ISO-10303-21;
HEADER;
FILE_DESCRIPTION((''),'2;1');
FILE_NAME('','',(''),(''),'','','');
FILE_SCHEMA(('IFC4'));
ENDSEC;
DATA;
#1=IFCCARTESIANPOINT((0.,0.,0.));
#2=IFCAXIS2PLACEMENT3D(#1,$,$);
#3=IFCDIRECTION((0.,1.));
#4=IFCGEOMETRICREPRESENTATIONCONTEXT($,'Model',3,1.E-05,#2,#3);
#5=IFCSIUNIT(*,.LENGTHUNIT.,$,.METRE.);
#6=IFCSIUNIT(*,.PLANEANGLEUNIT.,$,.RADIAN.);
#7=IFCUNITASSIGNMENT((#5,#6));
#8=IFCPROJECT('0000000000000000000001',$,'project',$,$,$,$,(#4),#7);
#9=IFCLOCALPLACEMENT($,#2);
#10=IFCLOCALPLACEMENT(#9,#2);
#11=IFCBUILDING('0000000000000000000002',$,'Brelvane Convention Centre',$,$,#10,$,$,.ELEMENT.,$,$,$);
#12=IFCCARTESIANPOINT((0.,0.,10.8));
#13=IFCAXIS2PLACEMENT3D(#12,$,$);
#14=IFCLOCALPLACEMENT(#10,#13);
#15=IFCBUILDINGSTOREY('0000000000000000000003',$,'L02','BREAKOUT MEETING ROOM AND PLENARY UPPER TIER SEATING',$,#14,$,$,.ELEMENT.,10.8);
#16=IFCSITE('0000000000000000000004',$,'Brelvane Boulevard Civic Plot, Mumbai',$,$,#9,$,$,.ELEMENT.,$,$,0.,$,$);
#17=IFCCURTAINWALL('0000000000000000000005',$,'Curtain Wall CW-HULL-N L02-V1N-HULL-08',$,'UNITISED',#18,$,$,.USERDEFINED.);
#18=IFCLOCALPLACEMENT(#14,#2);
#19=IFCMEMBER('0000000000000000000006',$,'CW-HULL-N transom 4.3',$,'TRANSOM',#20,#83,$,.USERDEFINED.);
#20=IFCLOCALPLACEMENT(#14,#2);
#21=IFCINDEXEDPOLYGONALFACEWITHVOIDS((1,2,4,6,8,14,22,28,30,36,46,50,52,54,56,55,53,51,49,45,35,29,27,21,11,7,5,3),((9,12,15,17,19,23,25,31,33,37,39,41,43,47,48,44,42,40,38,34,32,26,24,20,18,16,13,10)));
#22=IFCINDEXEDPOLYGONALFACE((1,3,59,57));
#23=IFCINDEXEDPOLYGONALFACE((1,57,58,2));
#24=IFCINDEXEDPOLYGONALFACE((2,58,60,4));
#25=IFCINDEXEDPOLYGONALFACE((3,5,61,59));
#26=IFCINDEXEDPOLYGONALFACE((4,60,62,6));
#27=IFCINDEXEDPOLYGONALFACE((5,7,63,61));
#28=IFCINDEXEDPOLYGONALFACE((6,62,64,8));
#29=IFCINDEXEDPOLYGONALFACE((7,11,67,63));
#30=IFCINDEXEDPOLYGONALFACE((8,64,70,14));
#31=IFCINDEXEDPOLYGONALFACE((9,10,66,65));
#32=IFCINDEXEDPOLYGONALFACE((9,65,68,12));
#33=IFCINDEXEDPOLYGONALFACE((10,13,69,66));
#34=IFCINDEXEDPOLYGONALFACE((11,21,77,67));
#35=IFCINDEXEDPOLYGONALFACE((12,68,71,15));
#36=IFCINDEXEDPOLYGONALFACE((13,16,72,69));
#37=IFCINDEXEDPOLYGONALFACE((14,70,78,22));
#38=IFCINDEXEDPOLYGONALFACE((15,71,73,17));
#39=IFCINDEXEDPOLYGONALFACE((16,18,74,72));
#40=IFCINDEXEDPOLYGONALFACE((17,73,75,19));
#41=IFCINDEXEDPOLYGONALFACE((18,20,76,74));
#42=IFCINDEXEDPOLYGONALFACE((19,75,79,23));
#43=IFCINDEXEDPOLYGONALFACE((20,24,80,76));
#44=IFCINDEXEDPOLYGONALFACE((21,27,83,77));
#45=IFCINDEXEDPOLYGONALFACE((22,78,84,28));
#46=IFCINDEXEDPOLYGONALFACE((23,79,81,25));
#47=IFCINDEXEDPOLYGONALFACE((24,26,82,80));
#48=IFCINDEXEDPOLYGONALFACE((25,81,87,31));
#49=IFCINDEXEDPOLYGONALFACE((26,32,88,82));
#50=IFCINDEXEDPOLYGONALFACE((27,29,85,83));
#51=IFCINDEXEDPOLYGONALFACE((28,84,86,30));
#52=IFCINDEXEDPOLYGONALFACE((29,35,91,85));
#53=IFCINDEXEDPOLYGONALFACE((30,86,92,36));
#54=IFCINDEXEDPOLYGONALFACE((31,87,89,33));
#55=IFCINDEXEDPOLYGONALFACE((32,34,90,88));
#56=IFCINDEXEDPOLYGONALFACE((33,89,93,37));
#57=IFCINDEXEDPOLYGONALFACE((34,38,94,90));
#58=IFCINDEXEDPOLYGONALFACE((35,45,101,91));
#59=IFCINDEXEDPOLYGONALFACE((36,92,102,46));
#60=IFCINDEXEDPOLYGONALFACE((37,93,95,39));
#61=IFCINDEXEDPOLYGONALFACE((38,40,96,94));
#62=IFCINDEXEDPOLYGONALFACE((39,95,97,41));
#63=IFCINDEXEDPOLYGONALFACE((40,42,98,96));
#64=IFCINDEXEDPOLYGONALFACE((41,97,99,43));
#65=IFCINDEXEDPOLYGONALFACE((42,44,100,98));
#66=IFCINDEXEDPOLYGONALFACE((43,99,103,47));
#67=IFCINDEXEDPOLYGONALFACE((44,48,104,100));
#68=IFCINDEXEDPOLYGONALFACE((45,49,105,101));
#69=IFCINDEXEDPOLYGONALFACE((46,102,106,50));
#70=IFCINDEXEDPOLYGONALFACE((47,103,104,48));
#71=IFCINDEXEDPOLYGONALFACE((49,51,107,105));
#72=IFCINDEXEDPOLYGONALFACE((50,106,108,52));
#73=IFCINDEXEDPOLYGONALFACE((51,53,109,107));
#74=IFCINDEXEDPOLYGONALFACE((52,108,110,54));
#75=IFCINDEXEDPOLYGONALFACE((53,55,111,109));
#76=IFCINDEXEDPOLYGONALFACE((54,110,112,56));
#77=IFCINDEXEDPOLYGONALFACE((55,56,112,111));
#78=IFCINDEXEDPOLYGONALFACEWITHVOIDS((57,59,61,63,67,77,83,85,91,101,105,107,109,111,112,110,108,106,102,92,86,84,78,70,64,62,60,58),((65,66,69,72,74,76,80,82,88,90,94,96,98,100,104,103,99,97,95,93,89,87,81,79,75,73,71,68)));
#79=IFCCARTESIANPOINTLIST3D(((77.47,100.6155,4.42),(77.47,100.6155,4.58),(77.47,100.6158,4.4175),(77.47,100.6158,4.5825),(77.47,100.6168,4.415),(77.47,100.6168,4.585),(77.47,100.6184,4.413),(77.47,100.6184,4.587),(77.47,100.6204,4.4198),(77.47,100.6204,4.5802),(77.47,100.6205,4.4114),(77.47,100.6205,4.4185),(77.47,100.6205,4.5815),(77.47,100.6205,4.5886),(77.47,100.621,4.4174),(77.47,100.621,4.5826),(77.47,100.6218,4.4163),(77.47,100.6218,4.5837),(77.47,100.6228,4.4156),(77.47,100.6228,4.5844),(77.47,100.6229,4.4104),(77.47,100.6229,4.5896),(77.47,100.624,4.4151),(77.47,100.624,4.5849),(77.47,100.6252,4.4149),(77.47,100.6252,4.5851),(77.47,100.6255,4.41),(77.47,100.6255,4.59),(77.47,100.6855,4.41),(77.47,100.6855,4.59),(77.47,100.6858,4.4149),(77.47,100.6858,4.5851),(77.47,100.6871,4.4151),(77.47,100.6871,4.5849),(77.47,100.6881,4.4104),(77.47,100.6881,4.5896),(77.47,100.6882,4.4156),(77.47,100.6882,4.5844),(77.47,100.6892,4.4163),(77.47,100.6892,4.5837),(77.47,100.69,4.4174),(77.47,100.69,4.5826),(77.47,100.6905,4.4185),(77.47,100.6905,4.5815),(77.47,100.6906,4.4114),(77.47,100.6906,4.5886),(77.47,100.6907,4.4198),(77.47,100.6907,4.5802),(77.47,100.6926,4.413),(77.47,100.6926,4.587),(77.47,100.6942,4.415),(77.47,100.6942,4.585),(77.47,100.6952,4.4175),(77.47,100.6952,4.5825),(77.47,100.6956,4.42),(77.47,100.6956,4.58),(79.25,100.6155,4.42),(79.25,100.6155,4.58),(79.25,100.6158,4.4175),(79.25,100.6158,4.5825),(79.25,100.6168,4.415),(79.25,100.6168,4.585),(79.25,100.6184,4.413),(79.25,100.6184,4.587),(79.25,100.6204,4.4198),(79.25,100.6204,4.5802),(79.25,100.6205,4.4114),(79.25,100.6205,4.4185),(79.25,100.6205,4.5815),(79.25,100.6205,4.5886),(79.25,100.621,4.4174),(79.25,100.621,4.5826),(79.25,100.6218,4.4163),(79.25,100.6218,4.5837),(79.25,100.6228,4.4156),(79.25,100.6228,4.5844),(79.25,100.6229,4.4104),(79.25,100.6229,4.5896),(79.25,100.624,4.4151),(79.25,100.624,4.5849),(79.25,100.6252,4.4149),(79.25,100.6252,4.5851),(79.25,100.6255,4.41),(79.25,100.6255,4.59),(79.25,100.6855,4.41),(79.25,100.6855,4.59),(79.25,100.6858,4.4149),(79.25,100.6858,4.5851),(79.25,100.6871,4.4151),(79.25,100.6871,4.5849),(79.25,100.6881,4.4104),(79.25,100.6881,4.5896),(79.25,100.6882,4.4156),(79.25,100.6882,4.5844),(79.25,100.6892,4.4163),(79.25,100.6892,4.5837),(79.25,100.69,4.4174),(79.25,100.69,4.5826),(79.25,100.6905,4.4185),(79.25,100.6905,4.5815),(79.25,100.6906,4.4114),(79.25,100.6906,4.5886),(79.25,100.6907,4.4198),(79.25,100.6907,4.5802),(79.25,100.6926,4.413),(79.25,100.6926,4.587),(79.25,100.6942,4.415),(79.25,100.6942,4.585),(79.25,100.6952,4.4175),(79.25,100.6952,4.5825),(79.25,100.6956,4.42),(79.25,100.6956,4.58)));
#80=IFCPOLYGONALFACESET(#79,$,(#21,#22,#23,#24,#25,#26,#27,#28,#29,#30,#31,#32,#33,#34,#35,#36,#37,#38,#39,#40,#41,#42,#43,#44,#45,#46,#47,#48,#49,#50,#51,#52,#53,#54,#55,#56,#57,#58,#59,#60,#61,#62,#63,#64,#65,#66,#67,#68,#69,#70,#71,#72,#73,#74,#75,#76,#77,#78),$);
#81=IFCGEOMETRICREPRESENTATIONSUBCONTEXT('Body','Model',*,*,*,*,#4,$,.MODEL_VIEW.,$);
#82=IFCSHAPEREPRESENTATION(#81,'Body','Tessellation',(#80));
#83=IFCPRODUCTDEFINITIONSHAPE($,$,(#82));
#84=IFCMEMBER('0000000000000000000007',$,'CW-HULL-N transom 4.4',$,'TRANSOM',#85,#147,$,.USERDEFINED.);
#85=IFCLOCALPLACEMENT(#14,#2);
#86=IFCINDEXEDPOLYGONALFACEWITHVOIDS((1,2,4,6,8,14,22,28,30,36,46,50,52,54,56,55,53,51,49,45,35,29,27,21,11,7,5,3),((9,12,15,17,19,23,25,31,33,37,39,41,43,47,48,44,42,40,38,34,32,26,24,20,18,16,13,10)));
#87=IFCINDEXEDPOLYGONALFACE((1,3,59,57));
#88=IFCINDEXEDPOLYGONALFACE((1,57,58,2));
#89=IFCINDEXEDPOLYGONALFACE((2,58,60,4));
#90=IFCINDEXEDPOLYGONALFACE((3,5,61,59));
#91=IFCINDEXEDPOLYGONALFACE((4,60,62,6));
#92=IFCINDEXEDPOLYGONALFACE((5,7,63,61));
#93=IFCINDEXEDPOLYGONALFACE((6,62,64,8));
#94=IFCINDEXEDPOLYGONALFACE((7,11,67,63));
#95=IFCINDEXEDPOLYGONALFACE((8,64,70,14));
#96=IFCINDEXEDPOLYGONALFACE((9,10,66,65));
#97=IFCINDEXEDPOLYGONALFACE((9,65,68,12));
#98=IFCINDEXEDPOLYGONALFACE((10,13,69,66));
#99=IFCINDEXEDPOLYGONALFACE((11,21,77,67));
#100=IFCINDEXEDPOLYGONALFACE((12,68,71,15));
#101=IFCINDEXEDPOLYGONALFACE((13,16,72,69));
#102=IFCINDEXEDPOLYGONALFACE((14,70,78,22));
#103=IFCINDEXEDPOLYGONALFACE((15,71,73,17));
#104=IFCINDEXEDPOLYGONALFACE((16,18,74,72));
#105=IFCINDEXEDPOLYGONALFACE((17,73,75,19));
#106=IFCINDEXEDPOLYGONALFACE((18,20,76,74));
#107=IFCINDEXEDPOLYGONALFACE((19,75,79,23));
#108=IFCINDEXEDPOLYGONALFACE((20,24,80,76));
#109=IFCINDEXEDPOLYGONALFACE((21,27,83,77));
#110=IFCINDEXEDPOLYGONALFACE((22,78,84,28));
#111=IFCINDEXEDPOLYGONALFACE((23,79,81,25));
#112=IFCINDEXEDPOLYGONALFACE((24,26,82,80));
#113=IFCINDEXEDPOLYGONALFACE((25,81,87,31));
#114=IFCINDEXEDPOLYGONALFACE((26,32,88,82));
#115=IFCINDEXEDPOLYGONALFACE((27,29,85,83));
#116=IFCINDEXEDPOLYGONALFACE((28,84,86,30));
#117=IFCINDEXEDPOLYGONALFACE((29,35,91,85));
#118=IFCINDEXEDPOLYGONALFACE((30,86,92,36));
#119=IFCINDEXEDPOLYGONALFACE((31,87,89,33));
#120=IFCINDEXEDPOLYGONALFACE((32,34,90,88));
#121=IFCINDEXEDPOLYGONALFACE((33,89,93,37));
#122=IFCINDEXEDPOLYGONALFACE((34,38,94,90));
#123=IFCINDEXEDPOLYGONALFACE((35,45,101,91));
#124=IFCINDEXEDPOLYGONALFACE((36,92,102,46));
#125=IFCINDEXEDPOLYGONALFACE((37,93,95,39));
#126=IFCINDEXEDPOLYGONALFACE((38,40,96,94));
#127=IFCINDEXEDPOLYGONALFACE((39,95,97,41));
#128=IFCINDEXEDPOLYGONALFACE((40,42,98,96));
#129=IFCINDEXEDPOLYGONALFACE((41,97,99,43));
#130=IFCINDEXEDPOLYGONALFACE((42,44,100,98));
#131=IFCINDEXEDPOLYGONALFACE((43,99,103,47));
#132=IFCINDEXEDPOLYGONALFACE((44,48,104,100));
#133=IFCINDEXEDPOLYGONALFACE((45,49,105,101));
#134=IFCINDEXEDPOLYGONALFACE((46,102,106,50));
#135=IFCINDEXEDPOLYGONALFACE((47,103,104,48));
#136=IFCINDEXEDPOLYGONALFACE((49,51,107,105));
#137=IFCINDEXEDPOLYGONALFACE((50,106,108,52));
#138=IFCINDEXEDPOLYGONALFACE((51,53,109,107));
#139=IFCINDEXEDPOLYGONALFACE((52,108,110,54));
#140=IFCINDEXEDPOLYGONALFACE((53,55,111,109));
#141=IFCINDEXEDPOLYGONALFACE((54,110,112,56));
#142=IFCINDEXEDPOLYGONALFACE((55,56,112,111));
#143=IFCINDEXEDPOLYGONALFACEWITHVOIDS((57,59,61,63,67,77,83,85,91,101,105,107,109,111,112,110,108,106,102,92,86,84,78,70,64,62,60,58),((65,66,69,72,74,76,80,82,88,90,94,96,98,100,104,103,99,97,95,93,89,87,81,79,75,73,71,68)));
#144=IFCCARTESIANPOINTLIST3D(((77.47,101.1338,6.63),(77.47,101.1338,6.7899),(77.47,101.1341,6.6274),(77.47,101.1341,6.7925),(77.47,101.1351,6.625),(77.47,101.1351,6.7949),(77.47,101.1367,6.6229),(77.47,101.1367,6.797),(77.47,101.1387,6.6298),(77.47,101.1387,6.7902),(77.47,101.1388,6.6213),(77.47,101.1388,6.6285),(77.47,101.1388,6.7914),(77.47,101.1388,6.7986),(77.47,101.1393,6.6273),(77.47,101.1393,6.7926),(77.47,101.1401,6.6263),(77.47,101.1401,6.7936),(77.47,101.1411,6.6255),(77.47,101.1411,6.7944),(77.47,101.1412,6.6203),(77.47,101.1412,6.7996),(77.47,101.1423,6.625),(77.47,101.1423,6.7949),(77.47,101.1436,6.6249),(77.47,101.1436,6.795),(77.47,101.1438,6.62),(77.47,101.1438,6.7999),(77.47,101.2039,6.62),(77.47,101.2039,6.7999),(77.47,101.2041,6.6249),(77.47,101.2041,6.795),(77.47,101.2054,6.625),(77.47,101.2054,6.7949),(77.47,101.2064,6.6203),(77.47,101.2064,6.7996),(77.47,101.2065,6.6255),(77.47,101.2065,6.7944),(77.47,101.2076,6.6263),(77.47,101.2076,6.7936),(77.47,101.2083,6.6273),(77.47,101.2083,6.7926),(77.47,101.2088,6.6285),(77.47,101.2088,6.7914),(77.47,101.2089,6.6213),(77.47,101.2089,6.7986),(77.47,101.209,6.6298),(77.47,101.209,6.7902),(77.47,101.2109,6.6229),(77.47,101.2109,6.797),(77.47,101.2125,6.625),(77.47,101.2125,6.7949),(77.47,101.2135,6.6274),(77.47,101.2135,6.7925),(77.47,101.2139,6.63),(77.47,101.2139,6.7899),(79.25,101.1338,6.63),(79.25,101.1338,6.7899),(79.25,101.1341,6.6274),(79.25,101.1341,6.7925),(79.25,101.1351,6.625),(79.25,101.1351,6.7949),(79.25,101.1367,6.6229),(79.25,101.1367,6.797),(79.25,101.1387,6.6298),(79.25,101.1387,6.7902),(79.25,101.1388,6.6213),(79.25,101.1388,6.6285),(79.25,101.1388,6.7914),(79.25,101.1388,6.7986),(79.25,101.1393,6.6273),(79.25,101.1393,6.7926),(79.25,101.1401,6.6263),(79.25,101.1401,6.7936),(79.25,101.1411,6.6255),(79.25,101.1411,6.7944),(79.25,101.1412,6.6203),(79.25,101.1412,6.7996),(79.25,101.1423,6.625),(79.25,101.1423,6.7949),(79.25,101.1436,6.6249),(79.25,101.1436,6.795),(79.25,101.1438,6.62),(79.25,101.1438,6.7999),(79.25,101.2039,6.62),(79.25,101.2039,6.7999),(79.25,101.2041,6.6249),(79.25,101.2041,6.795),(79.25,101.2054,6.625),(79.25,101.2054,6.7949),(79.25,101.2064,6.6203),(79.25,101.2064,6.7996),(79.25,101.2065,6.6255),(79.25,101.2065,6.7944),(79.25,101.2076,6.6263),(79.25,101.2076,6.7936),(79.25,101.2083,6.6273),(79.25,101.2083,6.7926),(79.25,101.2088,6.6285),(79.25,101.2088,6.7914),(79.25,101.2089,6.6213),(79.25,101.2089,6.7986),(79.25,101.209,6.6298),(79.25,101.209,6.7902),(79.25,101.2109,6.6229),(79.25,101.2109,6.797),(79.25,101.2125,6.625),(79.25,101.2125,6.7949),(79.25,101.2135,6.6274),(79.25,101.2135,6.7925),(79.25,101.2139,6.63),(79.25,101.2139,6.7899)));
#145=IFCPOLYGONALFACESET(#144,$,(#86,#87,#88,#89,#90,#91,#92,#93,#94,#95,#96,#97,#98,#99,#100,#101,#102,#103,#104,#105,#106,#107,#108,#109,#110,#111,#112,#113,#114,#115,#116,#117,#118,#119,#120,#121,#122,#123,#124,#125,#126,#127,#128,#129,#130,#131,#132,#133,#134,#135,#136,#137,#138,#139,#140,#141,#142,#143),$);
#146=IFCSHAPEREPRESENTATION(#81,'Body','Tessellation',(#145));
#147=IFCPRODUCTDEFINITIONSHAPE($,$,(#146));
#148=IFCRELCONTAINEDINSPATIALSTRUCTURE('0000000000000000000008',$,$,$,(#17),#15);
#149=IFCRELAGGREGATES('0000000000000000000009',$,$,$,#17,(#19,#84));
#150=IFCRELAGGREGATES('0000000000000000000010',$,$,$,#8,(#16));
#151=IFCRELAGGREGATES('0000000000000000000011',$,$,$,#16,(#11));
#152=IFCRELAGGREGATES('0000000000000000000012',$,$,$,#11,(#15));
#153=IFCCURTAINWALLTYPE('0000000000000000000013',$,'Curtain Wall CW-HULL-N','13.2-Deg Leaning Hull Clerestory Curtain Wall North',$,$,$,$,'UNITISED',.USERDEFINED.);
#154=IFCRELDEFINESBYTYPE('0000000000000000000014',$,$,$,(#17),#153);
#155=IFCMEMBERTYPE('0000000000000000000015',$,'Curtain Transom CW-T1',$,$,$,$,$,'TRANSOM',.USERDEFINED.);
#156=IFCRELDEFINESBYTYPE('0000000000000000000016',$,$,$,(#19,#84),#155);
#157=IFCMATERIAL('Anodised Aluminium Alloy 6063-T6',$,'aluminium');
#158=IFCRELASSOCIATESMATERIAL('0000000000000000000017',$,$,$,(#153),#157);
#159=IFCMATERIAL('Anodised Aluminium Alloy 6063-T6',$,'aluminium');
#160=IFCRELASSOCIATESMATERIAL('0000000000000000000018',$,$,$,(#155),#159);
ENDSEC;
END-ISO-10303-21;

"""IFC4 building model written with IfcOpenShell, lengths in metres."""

from ifc_helpers import new_model, si_unit, direction, frame, origin, origin_2d, place, context, subcontext, project, spatial, hollow_rectangle, extrude, material, material_profile, profile_set, type_object, element, aggregate, save


model = new_model("IFC4")

# Units and contexts
model_context = context("Model", 3, precision=1e-05, world=origin(), true_north=direction((0.0, 1.0)))
body_context = subcontext(model_context, "Body", "Model", "MODEL_VIEW")
ifc_project = project(units=[si_unit("LENGTHUNIT", "METRE"), si_unit("PLANEANGLEUNIT", "RADIAN")], contexts=[model_context])

# Site, building, storey
site_placement = place(None, origin())
site = spatial("IfcSite", under=ifc_project, at=site_placement, Name="Brelvane Boulevard Civic Plot, Mumbai", CompositionType="ELEMENT", RefElevation=0.0)
building_placement = place(site_placement, origin())
building = spatial("IfcBuilding", under=site, at=building_placement, Name="Brelvane Convention Centre", CompositionType="ELEMENT")
storey_placement = place(building_placement, frame((0.0, 0.0, 10.8)))
storey = spatial("IfcBuildingStorey", under=building, at=storey_placement, Name="L02", Description="BREAKOUT MEETING ROOM AND PLENARY UPPER TIER SEATING", CompositionType="ELEMENT", Elevation=10.8)

# Curtain wall
ifc_material_1 = material(Name="Anodised Aluminium Alloy 6063-T6", Category="aluminium")
curtain_wall_type = type_object("IfcCurtainWallType", Name="Curtain Wall CW-HULL-N", Description="13.2-Deg Leaning Hull Clerestory Curtain Wall North", ElementType="UNITISED", PredefinedType="USERDEFINED", material=ifc_material_1)
curtain_wall_1_placement = place(storey_placement, origin())
curtain_wall_1 = element("IfcCurtainWall", 1, at=curtain_wall_1_placement, inside=storey, type_object=curtain_wall_type, Name="Curtain Wall CW-HULL-N L02-V1N-HULL-08", ObjectType="UNITISED", PredefinedType="USERDEFINED")

# Members
ifc_material_2 = material(Name="Anodised Aluminium Alloy 6063-T6", Category="aluminium")
ifc_material_profile_1 = material_profile(ifc_material_2, hollow_rectangle(XDim=0.0801, YDim=0.1799, WallThickness=0.0049, InnerFilletRadius=0.0049, OuterFilletRadius=0.01, at=origin_2d()), Name="ALU-T 180x80x5.0")
ifc_profile_set_1 = profile_set([ifc_material_profile_1], Name="Anodised Aluminium Alloy 6063-T6")
member_type_1 = type_object("IfcMemberType", Name="Curtain Transom CW-T1", ElementType="TRANSOM", PredefinedType="USERDEFINED", material=ifc_profile_set_1)
member_1_placement = place(storey_placement, frame((77.47, 100.6555, 4.5), z_axis=(1.0, 0.0, 0.0), x_axis=(0.0, 1.0, 0.0)))
member_1 = element("IfcMember", 2, at=member_1_placement, type_object=member_type_1, Name="CW-HULL-N transom 4.3", ObjectType="TRANSOM", PredefinedType="USERDEFINED", context=body_context, shape_type="SweptSolid", body=[
    extrude(hollow_rectangle(XDim=0.0801, YDim=0.1799, WallThickness=0.0049, InnerFilletRadius=0.0049, OuterFilletRadius=0.01, at=origin_2d()), origin(), (0.0, 0.0, 1.0), 1.78),
])
member_2_placement = place(storey_placement, frame((77.47, 101.1738, 6.71), z_axis=(1.0, 0.0, 0.0), x_axis=(0.0, 1.0, 0.0)))
member_2 = element("IfcMember", 3, at=member_2_placement, type_object=member_type_1, Name="CW-HULL-N transom 4.4", ObjectType="TRANSOM", PredefinedType="USERDEFINED", context=body_context, shape_type="SweptSolid", body=[
    extrude(hollow_rectangle(XDim=0.0801, YDim=0.1799, WallThickness=0.0049, InnerFilletRadius=0.0049, OuterFilletRadius=0.01, at=origin_2d()), origin(), (0.0, 0.0, 1.0), 1.78),
])

aggregate(curtain_wall_1, [member_1, member_2])

save(model, "model.ifc")
